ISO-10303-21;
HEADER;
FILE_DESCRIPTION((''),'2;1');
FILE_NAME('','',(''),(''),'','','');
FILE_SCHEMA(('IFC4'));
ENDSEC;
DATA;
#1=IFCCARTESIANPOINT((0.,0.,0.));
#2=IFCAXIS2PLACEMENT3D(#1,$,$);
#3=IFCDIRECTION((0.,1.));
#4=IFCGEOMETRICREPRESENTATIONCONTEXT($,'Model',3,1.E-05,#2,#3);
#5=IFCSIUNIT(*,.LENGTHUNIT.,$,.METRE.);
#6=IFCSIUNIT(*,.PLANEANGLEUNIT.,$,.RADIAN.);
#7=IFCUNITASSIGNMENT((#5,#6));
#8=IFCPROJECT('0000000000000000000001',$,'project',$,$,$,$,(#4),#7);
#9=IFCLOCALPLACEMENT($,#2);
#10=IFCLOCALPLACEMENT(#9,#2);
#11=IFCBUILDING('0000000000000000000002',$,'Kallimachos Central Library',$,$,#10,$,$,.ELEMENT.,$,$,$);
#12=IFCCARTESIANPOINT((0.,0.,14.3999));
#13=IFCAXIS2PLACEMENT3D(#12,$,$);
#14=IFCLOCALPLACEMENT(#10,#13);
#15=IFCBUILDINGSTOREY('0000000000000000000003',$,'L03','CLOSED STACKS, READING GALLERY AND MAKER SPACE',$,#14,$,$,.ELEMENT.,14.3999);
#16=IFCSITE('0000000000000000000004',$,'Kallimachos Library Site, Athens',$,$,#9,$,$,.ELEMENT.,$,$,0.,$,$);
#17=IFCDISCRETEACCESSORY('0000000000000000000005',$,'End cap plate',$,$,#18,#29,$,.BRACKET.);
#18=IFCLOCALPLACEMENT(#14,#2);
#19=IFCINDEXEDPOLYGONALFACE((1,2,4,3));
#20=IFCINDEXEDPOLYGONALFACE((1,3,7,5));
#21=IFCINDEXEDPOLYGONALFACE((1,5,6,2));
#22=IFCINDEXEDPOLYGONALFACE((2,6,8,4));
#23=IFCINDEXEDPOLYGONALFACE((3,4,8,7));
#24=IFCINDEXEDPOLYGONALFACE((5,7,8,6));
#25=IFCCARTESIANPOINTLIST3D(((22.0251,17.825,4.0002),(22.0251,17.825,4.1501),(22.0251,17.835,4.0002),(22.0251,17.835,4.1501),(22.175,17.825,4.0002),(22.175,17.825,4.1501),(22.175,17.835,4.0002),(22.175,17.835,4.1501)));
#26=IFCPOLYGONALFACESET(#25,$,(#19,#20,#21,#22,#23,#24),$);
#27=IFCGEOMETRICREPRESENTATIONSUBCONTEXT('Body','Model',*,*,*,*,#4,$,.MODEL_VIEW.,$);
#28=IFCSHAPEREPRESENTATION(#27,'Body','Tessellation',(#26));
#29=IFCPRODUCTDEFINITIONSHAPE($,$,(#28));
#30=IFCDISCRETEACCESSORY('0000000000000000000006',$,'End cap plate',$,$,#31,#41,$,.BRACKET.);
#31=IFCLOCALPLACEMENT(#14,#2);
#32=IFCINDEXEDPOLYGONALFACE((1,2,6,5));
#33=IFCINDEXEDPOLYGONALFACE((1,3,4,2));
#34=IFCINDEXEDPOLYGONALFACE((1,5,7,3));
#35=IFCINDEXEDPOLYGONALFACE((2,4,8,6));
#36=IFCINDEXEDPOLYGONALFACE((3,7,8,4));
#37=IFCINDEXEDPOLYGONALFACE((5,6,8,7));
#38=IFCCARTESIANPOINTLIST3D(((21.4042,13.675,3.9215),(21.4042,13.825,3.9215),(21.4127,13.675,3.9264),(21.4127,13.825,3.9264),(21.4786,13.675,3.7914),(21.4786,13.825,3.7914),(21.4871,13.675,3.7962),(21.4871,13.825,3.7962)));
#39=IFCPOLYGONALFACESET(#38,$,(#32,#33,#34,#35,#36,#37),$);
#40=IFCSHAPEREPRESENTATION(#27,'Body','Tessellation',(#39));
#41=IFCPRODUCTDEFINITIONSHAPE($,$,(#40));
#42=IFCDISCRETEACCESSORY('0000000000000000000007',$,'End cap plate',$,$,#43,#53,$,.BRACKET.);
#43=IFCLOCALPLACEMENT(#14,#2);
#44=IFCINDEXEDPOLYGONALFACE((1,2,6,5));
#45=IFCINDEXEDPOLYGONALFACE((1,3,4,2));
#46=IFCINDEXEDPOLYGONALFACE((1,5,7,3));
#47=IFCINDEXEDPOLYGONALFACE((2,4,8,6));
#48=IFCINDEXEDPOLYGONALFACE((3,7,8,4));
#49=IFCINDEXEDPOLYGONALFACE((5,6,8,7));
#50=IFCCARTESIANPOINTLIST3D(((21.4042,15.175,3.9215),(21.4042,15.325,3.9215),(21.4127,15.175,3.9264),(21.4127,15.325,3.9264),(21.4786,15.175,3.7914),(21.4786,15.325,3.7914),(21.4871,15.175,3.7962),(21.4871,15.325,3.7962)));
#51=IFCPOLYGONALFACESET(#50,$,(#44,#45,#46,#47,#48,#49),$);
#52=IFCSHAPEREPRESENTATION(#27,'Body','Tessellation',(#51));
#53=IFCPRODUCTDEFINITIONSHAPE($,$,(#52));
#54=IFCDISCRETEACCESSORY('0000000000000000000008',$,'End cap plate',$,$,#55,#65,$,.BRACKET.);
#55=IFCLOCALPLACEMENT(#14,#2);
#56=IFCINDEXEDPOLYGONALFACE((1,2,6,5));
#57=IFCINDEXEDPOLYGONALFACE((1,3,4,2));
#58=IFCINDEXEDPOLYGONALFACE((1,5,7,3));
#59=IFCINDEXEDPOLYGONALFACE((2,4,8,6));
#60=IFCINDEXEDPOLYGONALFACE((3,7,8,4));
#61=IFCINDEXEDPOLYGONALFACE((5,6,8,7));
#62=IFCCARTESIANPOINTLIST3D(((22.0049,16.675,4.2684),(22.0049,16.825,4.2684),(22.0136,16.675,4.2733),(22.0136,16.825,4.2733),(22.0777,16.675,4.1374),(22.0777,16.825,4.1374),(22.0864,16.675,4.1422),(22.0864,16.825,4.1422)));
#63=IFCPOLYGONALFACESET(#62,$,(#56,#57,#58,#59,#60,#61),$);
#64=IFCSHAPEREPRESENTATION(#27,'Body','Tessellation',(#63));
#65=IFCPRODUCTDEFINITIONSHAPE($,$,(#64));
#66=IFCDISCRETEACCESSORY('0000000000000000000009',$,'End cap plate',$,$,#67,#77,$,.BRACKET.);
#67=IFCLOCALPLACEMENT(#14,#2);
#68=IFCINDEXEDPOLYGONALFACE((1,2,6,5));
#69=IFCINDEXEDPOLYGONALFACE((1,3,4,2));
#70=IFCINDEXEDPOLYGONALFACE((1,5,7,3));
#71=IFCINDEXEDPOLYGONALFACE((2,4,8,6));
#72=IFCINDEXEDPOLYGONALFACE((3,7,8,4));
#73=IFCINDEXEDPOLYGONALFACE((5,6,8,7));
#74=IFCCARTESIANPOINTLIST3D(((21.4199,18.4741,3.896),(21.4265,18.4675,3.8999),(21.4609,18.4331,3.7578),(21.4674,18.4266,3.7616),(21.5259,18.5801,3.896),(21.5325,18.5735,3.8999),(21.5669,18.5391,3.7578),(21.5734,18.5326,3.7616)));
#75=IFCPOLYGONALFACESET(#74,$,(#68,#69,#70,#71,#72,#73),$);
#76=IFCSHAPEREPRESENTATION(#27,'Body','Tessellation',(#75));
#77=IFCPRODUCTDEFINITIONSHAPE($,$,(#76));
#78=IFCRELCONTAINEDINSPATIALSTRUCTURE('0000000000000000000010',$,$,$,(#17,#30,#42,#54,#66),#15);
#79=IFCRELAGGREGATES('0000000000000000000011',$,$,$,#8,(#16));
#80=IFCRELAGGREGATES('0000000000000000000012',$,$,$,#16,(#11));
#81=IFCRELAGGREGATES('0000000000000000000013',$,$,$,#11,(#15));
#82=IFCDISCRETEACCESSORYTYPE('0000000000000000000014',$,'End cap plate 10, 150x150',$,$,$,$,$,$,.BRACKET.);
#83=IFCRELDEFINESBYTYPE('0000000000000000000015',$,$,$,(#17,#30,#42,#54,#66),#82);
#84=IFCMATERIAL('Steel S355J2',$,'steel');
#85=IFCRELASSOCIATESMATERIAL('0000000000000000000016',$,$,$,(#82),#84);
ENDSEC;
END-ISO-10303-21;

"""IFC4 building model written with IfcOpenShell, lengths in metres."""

from ifc_helpers import new_model, si_unit, direction, frame, origin, origin_2d, place, context, subcontext, project, spatial, rectangle, extrude, material, material_profile, profile_set, type_object, element, save


model = new_model("IFC4")

# Units and contexts
model_context = context("Model", 3, precision=1e-05, world=origin(), true_north=direction((0.0, 1.0)))
body_context = subcontext(model_context, "Body", "Model", "MODEL_VIEW")
ifc_project = project(units=[si_unit("LENGTHUNIT", "METRE"), si_unit("PLANEANGLEUNIT", "RADIAN")], contexts=[model_context])

# Site, building, storey
site_placement = place(None, origin())
site = spatial("IfcSite", under=ifc_project, at=site_placement, Name="Kallimachos Library Site, Athens", CompositionType="ELEMENT", RefElevation=0.0)
building_placement = place(site_placement, origin())
building = spatial("IfcBuilding", under=site, at=building_placement, Name="Kallimachos Central Library", CompositionType="ELEMENT")
storey_placement = place(building_placement, frame((0.0, 0.0, 14.3999)))
storey = spatial("IfcBuildingStorey", under=building, at=storey_placement, Name="L03", Description="CLOSED STACKS, READING GALLERY AND MAKER SPACE", CompositionType="ELEMENT", Elevation=14.3999)

# Discrete accessories
ifc_material_1 = material(Name="Steel S355J2", Category="steel")
ifc_material_profile_1 = material_profile(ifc_material_1, rectangle(XDim=0.1499, YDim=0.1499, at=origin_2d()), Name="End cap plate 10, 150x150")
ifc_profile_set_1 = profile_set([ifc_material_profile_1], Name="Steel S355J2")
discrete_accessory_type = type_object("IfcDiscreteAccessoryType", Name="End cap plate 10, 150x150", PredefinedType="BRACKET", material=ifc_profile_set_1)
for number, where, z_axis, x_axis, name in (
    (1, (22.1001, 17.825, 4.0752), (0.0, 1.0, 0.0), (-1.0, 0.0, 0.0), "End cap plate"),
):
    element("IfcDiscreteAccessory", number, at=place(storey_placement, frame(where, z_axis=z_axis, x_axis=x_axis)), inside=storey, type_object=discrete_accessory_type, Name=name, PredefinedType="BRACKET", context=body_context, shape_type="SweptSolid", body=[
        extrude(rectangle(XDim=0.1499, YDim=0.1499, at=origin_2d()), origin(), (0.0, 0.0, 1.0), 0.01),
    ])
for number, where, z_axis, x_axis, name in (
    (2, (21.4414, 13.75, 3.8564), (0.868243, 0.0, 0.496139), (0.0, 1.0, 0.0), "End cap plate"),
    (3, (21.4414, 15.25, 3.8564), (0.868243, 0.0, 0.496139), (0.0, 1.0, 0.0), "End cap plate"),
):
    element("IfcDiscreteAccessory", number, at=place(storey_placement, frame(where, z_axis=z_axis, x_axis=x_axis)), inside=storey, type_object=discrete_accessory_type, Name=name, PredefinedType="BRACKET", context=body_context, shape_type="SweptSolid", body=[
        extrude(rectangle(XDim=0.1499, YDim=0.1499, at=origin_2d()), origin(), (0.0, 0.0, 1.0), 0.0098),
    ])
for number, where, z_axis, x_axis, name in (
    (4, (22.0413, 16.75, 4.2029), (0.874157, 0.0, 0.485643), (0.0, 1.0, 0.0), "End cap plate"),
    (5, (21.4934, 18.5066, 3.8269), (0.652166, -0.652166, 0.386469), (0.707107, 0.707107, 0.0), "End cap plate"),
):
    element("IfcDiscreteAccessory", number, at=place(storey_placement, frame(where, z_axis=z_axis, x_axis=x_axis)), inside=storey, type_object=discrete_accessory_type, Name=name, PredefinedType="BRACKET", context=body_context, shape_type="SweptSolid", body=[
        extrude(rectangle(XDim=0.1499, YDim=0.1499, at=origin_2d()), origin(), (0.0, 0.0, 1.0), 0.01),
    ])

save(model, "model.ifc")
